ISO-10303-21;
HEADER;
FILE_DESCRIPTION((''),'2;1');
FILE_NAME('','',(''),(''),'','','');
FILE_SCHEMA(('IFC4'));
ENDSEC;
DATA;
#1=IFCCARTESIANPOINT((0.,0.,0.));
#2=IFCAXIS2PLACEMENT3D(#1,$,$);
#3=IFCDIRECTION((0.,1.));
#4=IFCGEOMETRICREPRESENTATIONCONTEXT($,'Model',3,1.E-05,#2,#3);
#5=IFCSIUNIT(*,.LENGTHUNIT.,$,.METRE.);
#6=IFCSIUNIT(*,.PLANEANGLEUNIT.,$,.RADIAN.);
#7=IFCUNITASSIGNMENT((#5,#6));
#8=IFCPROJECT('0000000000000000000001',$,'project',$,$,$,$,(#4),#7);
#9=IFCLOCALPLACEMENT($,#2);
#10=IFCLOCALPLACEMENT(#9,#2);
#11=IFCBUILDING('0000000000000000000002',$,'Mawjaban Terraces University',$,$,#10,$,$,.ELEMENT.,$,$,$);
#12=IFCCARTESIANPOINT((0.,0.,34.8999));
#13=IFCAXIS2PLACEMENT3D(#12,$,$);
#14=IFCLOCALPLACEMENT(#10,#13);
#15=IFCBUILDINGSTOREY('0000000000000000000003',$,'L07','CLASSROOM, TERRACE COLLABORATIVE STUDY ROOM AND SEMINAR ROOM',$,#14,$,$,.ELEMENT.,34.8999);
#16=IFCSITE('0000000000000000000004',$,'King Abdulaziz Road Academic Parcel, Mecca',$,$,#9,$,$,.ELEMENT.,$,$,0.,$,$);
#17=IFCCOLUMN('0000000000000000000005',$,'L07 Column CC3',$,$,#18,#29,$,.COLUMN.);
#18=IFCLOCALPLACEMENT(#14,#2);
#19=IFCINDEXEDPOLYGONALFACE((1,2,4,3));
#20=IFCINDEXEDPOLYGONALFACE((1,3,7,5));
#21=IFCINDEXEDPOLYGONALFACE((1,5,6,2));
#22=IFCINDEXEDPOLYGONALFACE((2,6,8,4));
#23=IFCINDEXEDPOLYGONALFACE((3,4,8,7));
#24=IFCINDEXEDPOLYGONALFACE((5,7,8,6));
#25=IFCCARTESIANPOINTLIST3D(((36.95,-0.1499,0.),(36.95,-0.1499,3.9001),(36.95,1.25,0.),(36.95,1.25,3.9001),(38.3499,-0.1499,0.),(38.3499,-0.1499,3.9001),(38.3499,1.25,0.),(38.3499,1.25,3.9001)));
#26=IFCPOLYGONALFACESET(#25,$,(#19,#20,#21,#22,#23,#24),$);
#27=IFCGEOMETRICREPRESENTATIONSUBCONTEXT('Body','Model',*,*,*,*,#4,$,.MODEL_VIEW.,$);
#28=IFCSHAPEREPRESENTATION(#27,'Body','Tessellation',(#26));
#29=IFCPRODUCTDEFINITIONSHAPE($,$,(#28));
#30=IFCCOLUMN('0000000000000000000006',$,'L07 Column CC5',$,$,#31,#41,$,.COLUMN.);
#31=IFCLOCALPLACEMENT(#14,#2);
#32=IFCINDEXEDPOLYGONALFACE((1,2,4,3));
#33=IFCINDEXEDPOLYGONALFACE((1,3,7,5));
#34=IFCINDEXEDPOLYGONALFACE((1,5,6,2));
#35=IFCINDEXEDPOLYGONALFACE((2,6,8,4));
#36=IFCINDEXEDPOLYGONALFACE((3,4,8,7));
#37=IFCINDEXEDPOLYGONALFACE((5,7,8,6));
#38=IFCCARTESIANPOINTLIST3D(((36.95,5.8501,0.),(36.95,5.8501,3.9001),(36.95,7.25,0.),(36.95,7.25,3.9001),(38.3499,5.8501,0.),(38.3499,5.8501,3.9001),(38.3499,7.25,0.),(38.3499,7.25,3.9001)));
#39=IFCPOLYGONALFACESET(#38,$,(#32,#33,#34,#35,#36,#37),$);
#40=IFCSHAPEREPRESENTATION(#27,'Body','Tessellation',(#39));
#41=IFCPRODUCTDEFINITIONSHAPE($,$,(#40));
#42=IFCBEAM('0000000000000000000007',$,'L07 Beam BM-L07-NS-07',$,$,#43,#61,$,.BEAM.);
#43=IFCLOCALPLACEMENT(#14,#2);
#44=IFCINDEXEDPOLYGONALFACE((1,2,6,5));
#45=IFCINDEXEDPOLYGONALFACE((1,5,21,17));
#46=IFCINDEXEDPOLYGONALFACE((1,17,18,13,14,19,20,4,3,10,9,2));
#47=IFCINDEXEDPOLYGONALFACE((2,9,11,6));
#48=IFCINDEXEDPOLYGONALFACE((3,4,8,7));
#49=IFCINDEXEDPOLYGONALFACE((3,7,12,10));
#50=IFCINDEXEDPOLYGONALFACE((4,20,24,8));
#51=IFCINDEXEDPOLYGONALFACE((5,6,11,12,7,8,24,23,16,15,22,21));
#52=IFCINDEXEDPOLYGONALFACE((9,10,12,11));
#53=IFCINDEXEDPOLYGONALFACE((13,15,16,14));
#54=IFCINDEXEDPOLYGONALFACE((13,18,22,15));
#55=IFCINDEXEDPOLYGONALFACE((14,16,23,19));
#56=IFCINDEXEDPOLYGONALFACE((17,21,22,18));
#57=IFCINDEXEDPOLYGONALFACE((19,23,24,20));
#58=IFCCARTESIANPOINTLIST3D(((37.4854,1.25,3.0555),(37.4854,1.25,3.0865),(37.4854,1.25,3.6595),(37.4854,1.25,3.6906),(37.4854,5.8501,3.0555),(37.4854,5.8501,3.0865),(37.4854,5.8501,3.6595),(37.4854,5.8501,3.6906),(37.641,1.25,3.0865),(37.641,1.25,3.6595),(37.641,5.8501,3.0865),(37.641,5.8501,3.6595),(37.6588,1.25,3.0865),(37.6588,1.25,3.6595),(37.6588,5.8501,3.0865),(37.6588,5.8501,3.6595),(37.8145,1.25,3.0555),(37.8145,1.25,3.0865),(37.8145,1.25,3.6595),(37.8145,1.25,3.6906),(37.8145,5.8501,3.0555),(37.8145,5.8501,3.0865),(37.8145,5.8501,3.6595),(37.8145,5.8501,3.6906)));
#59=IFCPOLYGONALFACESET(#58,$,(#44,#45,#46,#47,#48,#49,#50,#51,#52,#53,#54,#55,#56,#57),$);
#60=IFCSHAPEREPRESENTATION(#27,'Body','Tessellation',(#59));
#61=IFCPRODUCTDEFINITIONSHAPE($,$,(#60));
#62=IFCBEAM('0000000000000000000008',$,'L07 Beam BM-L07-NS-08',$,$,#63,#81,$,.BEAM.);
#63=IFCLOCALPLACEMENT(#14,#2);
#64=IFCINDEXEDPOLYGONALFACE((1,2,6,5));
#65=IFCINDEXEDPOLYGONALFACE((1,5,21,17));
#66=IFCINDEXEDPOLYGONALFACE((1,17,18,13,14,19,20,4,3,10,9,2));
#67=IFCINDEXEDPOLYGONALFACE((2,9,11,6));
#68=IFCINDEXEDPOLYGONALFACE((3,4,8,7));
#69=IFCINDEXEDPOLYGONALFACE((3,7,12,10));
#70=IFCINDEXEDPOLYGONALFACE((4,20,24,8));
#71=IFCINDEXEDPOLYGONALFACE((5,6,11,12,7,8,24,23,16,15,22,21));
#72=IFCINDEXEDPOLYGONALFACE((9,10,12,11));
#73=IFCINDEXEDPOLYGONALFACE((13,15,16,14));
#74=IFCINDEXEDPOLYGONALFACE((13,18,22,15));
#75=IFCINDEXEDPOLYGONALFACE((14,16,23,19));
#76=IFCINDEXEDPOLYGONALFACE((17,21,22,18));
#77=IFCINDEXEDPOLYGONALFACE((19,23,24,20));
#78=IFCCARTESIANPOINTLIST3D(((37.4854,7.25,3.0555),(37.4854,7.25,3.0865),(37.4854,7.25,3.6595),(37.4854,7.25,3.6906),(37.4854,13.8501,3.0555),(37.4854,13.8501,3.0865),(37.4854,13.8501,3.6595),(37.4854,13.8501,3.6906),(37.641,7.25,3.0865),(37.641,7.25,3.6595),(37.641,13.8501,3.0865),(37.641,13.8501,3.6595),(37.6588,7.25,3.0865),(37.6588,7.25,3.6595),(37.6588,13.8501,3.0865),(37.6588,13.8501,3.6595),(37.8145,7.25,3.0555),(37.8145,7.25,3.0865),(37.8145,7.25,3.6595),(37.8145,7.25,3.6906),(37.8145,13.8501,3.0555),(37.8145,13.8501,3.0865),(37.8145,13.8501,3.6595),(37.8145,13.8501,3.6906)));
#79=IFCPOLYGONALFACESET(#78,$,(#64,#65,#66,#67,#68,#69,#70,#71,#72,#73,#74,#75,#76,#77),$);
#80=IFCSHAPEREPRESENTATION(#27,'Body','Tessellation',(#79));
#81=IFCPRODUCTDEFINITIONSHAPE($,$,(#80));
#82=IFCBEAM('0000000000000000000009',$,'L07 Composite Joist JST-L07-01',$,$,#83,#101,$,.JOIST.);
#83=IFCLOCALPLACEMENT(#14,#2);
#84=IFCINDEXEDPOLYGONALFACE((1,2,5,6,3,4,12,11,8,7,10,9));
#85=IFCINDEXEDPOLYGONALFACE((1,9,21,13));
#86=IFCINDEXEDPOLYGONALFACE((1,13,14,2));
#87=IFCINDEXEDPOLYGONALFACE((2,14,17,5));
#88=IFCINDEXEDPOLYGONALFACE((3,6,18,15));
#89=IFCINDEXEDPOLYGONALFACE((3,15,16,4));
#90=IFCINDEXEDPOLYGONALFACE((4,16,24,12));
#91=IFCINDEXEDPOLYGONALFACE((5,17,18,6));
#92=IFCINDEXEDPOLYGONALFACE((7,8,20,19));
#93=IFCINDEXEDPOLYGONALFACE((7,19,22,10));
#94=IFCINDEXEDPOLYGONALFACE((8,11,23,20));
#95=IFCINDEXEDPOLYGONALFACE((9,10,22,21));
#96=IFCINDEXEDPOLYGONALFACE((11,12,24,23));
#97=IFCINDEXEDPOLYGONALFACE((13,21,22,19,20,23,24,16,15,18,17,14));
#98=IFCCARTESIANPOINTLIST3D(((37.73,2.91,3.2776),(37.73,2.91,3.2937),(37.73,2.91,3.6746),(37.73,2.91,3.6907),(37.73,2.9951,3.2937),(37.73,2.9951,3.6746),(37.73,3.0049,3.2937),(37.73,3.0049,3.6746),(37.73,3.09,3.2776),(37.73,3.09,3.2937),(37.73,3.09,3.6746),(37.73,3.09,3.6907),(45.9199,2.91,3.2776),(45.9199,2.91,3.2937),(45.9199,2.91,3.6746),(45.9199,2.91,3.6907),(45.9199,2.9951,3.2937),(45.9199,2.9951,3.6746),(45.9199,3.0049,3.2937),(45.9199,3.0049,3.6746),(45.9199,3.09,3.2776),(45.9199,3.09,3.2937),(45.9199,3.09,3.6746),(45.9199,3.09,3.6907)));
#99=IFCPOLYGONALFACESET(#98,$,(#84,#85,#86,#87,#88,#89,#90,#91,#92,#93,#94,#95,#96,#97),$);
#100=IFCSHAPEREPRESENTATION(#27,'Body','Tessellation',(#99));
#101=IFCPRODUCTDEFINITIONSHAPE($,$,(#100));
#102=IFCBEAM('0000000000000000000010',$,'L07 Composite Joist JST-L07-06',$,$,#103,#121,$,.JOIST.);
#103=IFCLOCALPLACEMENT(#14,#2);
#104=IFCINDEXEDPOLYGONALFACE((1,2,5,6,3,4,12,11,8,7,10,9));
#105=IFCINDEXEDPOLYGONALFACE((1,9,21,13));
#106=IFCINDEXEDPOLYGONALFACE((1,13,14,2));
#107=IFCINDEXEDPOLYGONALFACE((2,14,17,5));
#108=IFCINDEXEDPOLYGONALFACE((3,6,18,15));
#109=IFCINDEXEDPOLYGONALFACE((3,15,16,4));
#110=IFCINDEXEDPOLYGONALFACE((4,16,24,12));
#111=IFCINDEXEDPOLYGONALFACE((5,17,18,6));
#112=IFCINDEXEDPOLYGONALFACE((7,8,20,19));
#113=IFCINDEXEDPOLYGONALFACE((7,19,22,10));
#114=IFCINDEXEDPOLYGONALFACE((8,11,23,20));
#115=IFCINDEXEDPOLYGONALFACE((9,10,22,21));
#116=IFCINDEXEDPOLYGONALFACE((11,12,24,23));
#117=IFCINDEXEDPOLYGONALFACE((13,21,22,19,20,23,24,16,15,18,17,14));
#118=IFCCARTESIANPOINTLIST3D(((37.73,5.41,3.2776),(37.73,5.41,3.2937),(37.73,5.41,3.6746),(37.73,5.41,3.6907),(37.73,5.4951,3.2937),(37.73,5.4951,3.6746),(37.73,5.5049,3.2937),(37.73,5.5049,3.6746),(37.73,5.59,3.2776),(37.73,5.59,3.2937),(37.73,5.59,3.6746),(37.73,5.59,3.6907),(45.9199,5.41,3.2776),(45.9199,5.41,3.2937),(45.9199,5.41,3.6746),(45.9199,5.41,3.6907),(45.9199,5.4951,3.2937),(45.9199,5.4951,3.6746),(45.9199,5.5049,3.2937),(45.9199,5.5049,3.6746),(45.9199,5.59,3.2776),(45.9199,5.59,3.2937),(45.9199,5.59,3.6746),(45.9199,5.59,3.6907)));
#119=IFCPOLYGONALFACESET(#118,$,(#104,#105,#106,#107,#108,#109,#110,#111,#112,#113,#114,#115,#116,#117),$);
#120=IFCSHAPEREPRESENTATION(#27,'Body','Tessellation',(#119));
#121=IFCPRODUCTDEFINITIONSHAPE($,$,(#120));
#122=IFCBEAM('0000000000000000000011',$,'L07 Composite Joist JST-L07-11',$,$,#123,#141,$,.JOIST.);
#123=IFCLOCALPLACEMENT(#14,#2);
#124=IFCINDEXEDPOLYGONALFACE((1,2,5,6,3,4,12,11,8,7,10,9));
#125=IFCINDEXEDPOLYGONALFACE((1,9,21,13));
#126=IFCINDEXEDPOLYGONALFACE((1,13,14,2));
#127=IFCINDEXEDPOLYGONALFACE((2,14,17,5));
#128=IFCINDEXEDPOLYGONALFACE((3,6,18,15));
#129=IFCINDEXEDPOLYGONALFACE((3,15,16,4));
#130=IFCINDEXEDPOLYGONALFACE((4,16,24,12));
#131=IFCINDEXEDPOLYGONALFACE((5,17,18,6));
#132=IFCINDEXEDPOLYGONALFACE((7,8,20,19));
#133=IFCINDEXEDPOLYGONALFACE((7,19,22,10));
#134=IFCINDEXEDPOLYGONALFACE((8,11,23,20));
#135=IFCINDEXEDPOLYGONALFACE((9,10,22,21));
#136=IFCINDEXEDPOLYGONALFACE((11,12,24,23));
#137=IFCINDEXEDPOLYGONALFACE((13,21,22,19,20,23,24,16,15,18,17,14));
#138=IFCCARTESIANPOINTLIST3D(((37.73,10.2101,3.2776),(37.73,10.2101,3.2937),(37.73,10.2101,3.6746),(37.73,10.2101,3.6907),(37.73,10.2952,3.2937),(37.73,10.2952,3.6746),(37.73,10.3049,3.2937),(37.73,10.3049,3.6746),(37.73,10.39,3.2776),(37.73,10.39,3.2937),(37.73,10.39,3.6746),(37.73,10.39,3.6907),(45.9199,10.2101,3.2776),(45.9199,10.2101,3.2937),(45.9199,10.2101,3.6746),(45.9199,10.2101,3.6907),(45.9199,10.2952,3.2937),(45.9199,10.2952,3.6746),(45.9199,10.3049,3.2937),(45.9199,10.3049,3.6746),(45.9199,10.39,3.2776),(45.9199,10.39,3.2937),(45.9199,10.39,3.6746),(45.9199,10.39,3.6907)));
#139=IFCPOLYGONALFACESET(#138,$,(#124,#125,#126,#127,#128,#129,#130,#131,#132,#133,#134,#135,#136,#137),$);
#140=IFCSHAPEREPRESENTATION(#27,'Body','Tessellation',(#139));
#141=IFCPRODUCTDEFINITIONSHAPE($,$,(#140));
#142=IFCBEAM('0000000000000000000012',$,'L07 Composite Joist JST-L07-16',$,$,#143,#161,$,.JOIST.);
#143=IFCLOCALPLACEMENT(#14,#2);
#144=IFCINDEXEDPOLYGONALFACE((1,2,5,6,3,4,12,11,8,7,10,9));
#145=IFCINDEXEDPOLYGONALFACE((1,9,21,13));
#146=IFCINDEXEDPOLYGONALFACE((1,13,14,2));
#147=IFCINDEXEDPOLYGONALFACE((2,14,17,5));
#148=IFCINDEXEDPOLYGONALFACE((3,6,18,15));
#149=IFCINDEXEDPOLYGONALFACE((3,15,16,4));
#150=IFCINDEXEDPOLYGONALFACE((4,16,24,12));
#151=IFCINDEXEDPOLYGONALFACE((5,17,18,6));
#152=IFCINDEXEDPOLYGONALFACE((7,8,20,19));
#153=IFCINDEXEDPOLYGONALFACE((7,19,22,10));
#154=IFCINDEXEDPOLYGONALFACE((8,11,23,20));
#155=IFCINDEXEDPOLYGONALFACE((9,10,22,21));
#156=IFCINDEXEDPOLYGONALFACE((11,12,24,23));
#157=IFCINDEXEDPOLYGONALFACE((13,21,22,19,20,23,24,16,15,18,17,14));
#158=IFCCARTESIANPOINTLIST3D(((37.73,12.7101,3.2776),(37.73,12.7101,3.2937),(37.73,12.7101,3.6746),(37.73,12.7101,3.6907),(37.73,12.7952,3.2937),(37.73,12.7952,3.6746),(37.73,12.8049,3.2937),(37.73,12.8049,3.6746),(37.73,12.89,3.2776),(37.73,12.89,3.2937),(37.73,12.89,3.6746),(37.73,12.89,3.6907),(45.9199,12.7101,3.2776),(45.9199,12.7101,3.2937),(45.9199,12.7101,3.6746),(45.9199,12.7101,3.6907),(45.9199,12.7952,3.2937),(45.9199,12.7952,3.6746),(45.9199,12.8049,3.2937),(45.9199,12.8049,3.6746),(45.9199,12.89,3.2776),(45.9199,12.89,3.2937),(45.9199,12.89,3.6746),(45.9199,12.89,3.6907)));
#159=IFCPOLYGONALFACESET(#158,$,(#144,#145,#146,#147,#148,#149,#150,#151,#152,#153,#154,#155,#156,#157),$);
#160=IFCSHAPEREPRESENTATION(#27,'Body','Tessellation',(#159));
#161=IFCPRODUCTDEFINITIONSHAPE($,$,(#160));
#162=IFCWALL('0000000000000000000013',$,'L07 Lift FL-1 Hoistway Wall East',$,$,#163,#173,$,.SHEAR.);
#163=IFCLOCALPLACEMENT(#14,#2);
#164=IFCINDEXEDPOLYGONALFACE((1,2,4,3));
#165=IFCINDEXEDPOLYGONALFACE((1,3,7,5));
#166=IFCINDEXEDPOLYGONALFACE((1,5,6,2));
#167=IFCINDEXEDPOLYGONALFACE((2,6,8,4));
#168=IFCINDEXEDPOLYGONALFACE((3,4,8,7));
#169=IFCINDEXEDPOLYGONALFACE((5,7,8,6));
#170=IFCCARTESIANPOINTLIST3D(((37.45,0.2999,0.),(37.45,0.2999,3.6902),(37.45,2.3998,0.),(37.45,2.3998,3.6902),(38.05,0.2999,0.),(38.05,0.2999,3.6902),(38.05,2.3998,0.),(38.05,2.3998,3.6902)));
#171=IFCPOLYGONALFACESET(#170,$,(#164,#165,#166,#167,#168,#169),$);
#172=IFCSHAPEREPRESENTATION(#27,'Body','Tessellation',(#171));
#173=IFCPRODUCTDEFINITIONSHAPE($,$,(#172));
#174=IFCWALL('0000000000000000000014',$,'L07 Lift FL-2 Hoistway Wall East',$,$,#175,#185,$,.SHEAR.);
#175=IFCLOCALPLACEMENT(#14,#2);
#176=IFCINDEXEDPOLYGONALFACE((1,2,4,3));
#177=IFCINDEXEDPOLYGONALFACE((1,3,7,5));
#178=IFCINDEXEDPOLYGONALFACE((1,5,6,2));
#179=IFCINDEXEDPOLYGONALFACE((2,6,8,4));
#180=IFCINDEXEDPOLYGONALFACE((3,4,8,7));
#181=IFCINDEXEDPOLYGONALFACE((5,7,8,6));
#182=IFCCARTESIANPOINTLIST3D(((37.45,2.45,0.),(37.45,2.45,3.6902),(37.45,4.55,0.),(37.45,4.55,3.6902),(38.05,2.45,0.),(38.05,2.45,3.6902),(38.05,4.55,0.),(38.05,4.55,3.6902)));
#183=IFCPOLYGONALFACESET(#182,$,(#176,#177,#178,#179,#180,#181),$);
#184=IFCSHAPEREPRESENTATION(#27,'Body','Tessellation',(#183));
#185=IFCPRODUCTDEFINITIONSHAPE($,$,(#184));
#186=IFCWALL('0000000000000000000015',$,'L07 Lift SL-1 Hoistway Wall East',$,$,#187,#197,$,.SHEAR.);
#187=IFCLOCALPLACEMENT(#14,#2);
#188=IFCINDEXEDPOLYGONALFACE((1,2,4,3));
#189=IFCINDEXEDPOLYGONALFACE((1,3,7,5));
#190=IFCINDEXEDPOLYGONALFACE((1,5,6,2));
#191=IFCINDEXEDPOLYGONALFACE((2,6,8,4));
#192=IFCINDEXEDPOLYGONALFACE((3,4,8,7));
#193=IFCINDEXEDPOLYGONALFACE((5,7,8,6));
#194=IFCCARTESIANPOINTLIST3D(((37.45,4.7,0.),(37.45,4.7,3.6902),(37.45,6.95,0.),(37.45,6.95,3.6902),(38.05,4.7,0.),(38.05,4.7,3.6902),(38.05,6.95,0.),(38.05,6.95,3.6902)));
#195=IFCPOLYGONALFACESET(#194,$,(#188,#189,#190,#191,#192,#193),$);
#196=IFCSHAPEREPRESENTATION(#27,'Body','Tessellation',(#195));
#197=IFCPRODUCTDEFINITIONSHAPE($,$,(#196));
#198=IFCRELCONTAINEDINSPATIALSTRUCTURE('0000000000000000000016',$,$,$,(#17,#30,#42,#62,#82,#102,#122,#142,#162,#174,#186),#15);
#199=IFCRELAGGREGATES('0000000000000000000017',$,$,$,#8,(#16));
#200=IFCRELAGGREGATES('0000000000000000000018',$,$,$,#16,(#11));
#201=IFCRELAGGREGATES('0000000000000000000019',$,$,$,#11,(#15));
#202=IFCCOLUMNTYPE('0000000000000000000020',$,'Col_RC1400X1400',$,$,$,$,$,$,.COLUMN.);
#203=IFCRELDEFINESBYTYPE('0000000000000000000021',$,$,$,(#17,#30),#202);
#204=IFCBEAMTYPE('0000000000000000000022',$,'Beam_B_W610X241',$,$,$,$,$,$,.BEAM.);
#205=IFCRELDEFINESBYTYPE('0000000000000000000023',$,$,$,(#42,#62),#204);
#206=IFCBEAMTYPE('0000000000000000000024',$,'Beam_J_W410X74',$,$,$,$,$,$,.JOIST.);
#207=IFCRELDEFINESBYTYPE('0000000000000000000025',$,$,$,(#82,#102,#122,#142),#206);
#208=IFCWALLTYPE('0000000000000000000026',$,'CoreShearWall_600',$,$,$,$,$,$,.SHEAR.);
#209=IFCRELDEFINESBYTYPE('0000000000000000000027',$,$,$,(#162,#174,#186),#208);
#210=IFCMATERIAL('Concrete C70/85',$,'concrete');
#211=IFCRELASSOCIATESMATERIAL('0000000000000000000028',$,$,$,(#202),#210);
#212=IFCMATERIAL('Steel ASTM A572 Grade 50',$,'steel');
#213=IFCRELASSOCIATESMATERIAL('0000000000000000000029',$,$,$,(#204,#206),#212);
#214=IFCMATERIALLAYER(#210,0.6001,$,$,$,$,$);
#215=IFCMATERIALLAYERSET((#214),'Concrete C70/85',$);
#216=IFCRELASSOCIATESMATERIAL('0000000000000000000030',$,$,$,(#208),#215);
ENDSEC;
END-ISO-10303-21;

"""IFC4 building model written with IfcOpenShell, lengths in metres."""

from ifc_helpers import new_model, si_unit, direction, frame, frame_2d, origin, origin_2d, place, context, subcontext, project, spatial, rectangle, i_section, extrude, material, layer, layer_set, material_profile, profile_set, type_object, element, save


model = new_model("IFC4")

# Units and contexts
model_context = context("Model", 3, precision=1e-05, world=origin(), true_north=direction((0.0, 1.0)))
body_context = subcontext(model_context, "Body", "Model", "MODEL_VIEW")
ifc_project = project(units=[si_unit("LENGTHUNIT", "METRE"), si_unit("PLANEANGLEUNIT", "RADIAN")], contexts=[model_context])

# Site, building, storey
site_placement = place(None, origin())
site = spatial("IfcSite", under=ifc_project, at=site_placement, Name="King Abdulaziz Road Academic Parcel, Mecca", CompositionType="ELEMENT", RefElevation=0.0)
building_placement = place(site_placement, origin())
building = spatial("IfcBuilding", under=site, at=building_placement, Name="Mawjaban Terraces University", CompositionType="ELEMENT")
storey_placement = place(building_placement, frame((0.0, 0.0, 34.8999)))
storey = spatial("IfcBuildingStorey", under=building, at=storey_placement, Name="L07", Description="CLASSROOM, TERRACE COLLABORATIVE STUDY ROOM AND SEMINAR ROOM", CompositionType="ELEMENT", Elevation=34.8999)

# Columns
ifc_material_1 = material(Name="Concrete C70/85", Category="concrete")
ifc_material_profile_1 = material_profile(ifc_material_1, rectangle(XDim=1.3999, YDim=1.3999, at=origin_2d()), Name="RC1400X1400")
ifc_profile_set_1 = profile_set([ifc_material_profile_1], Name="Concrete C70/85")
column_type = type_object("IfcColumnType", Name="Col_RC1400X1400", PredefinedType="COLUMN", material=ifc_profile_set_1)
for number, where, z_axis, x_axis, name in (
    (1, (37.6499, 0.55, 0.0), (0.0, 0.0, 1.0), (1.0, 0.0, 0.0), "L07 Column CC3"),
    (2, (37.6499, 6.55, 0.0), (0.0, 0.0, 1.0), (1.0, 0.0, 0.0), "L07 Column CC5"),
):
    element("IfcColumn", number, at=place(storey_placement, frame(where, z_axis=z_axis, x_axis=x_axis)), inside=storey, type_object=column_type, Name=name, PredefinedType="COLUMN", context=body_context, shape_type="SweptSolid", body=[
        extrude(rectangle(XDim=1.3999, YDim=1.3999, at=origin_2d()), origin(), (0.0, 0.0, 1.0), 3.9001),
    ])

# Beams
ifc_material_2 = material(Name="Steel ASTM A572 Grade 50", Category="steel")
ifc_material_profile_2 = material_profile(ifc_material_2, i_section(OverallWidth=0.3291, OverallDepth=0.635, WebThickness=0.0178, FlangeThickness=0.031, at=origin_2d()), Name="W610X241")
ifc_profile_set_2 = profile_set([ifc_material_profile_2], Name="Steel ASTM A572 Grade 50")
beam_type_1 = type_object("IfcBeamType", Name="Beam_B_W610X241", PredefinedType="BEAM", material=ifc_profile_set_2)
beam_1_placement = place(storey_placement, frame((37.6499, 1.25, 3.373), z_axis=(0.0, 1.0, 0.0), x_axis=(-1.0, 0.0, 0.0)))
element("IfcBeam", 3, at=beam_1_placement, inside=storey, type_object=beam_type_1, Name="L07 Beam BM-L07-NS-07", PredefinedType="BEAM", context=body_context, shape_type="SweptSolid", body=[
    extrude(i_section(OverallWidth=0.3291, OverallDepth=0.635, WebThickness=0.0178, FlangeThickness=0.031, at=origin_2d()), origin(), (0.0, 0.0, 1.0), 4.6001),
])
beam_2_placement = place(storey_placement, frame((37.6499, 7.25, 3.373), z_axis=(0.0, 1.0, 0.0), x_axis=(-1.0, 0.0, 0.0)))
element("IfcBeam", 4, at=beam_2_placement, inside=storey, type_object=beam_type_1, Name="L07 Beam BM-L07-NS-08", PredefinedType="BEAM", context=body_context, shape_type="SweptSolid", body=[
    extrude(i_section(OverallWidth=0.3291, OverallDepth=0.635, WebThickness=0.0178, FlangeThickness=0.031, at=origin_2d()), origin(), (0.0, 0.0, 1.0), 6.6001),
])
ifc_material_profile_3 = material_profile(ifc_material_2, i_section(OverallWidth=0.1799, OverallDepth=0.4131, WebThickness=0.0098, FlangeThickness=0.0161, at=origin_2d()), Name="W410X74")
ifc_profile_set_3 = profile_set([ifc_material_profile_3], Name="Steel ASTM A572 Grade 50")
beam_type_2 = type_object("IfcBeamType", Name="Beam_J_W410X74", PredefinedType="JOIST", material=ifc_profile_set_3)
for number, where, z_axis, x_axis, name in (
    (5, (37.73, 3.0, 3.4841), (1.0, 0.0, 0.0), (0.0, 1.0, 0.0), "L07 Composite Joist JST-L07-01"),
    (6, (37.73, 5.5, 3.4841), (1.0, 0.0, 0.0), (0.0, 1.0, 0.0), "L07 Composite Joist JST-L07-06"),
    (7, (37.73, 10.3, 3.4841), (1.0, 0.0, 0.0), (0.0, 1.0, 0.0), "L07 Composite Joist JST-L07-11"),
    (8, (37.73, 12.8, 3.4841), (1.0, 0.0, 0.0), (0.0, 1.0, 0.0), "L07 Composite Joist JST-L07-16"),
):
    element("IfcBeam", number, at=place(storey_placement, frame(where, z_axis=z_axis, x_axis=x_axis)), inside=storey, type_object=beam_type_2, Name=name, PredefinedType="JOIST", context=body_context, shape_type="SweptSolid", body=[
        extrude(i_section(OverallWidth=0.1799, OverallDepth=0.4131, WebThickness=0.0098, FlangeThickness=0.0161, at=origin_2d()), origin(), (0.0, 0.0, 1.0), 8.1899),
    ])

# Walls
ifc_layer_1 = layer(ifc_material_1, 0.6001)
ifc_layer_set_1 = layer_set([ifc_layer_1], Name="Concrete C70/85")
wall_type_1 = type_object("IfcWallType", Name="CoreShearWall_600", PredefinedType="SHEAR", material=ifc_layer_set_1)
wall_1_placement = place(storey_placement, frame((37.75, 0.3, 0.0), z_axis=(0.0, 0.0, 1.0), x_axis=(0.0, 1.0, 0.0)))
element("IfcWall", 9, at=wall_1_placement, inside=storey, type_object=wall_type_1, Name="L07 Lift FL-1 Hoistway Wall East", PredefinedType="SHEAR", context=body_context, shape_type="SweptSolid", body=[
    extrude(rectangle(XDim=2.0999, YDim=0.6001, at=frame_2d((1.0498, 0.0))), origin(), (0.0, 0.0, 1.0), 3.6902),
])
wall_2_placement = place(storey_placement, frame((37.75, 2.45, 0.0), z_axis=(0.0, 0.0, 1.0), x_axis=(0.0, 1.0, 0.0)))
element("IfcWall", 10, at=wall_2_placement, inside=storey, type_object=wall_type_1, Name="L07 Lift FL-2 Hoistway Wall East", PredefinedType="SHEAR", context=body_context, shape_type="SweptSolid", body=[
    extrude(rectangle(XDim=2.1001, YDim=0.6001, at=frame_2d((1.05, 0.0))), origin(), (0.0, 0.0, 1.0), 3.6902),
])
wall_3_placement = place(storey_placement, frame((37.75, 4.7, 0.0), z_axis=(0.0, 0.0, 1.0), x_axis=(0.0, 1.0, 0.0)))
element("IfcWall", 11, at=wall_3_placement, inside=storey, type_object=wall_type_1, Name="L07 Lift SL-1 Hoistway Wall East", PredefinedType="SHEAR", context=body_context, shape_type="SweptSolid", body=[
    extrude(rectangle(XDim=2.25, YDim=0.6001, at=frame_2d((1.125, 0.0))), origin(), (0.0, 0.0, 1.0), 3.6902),
])

save(model, "model.ifc")
